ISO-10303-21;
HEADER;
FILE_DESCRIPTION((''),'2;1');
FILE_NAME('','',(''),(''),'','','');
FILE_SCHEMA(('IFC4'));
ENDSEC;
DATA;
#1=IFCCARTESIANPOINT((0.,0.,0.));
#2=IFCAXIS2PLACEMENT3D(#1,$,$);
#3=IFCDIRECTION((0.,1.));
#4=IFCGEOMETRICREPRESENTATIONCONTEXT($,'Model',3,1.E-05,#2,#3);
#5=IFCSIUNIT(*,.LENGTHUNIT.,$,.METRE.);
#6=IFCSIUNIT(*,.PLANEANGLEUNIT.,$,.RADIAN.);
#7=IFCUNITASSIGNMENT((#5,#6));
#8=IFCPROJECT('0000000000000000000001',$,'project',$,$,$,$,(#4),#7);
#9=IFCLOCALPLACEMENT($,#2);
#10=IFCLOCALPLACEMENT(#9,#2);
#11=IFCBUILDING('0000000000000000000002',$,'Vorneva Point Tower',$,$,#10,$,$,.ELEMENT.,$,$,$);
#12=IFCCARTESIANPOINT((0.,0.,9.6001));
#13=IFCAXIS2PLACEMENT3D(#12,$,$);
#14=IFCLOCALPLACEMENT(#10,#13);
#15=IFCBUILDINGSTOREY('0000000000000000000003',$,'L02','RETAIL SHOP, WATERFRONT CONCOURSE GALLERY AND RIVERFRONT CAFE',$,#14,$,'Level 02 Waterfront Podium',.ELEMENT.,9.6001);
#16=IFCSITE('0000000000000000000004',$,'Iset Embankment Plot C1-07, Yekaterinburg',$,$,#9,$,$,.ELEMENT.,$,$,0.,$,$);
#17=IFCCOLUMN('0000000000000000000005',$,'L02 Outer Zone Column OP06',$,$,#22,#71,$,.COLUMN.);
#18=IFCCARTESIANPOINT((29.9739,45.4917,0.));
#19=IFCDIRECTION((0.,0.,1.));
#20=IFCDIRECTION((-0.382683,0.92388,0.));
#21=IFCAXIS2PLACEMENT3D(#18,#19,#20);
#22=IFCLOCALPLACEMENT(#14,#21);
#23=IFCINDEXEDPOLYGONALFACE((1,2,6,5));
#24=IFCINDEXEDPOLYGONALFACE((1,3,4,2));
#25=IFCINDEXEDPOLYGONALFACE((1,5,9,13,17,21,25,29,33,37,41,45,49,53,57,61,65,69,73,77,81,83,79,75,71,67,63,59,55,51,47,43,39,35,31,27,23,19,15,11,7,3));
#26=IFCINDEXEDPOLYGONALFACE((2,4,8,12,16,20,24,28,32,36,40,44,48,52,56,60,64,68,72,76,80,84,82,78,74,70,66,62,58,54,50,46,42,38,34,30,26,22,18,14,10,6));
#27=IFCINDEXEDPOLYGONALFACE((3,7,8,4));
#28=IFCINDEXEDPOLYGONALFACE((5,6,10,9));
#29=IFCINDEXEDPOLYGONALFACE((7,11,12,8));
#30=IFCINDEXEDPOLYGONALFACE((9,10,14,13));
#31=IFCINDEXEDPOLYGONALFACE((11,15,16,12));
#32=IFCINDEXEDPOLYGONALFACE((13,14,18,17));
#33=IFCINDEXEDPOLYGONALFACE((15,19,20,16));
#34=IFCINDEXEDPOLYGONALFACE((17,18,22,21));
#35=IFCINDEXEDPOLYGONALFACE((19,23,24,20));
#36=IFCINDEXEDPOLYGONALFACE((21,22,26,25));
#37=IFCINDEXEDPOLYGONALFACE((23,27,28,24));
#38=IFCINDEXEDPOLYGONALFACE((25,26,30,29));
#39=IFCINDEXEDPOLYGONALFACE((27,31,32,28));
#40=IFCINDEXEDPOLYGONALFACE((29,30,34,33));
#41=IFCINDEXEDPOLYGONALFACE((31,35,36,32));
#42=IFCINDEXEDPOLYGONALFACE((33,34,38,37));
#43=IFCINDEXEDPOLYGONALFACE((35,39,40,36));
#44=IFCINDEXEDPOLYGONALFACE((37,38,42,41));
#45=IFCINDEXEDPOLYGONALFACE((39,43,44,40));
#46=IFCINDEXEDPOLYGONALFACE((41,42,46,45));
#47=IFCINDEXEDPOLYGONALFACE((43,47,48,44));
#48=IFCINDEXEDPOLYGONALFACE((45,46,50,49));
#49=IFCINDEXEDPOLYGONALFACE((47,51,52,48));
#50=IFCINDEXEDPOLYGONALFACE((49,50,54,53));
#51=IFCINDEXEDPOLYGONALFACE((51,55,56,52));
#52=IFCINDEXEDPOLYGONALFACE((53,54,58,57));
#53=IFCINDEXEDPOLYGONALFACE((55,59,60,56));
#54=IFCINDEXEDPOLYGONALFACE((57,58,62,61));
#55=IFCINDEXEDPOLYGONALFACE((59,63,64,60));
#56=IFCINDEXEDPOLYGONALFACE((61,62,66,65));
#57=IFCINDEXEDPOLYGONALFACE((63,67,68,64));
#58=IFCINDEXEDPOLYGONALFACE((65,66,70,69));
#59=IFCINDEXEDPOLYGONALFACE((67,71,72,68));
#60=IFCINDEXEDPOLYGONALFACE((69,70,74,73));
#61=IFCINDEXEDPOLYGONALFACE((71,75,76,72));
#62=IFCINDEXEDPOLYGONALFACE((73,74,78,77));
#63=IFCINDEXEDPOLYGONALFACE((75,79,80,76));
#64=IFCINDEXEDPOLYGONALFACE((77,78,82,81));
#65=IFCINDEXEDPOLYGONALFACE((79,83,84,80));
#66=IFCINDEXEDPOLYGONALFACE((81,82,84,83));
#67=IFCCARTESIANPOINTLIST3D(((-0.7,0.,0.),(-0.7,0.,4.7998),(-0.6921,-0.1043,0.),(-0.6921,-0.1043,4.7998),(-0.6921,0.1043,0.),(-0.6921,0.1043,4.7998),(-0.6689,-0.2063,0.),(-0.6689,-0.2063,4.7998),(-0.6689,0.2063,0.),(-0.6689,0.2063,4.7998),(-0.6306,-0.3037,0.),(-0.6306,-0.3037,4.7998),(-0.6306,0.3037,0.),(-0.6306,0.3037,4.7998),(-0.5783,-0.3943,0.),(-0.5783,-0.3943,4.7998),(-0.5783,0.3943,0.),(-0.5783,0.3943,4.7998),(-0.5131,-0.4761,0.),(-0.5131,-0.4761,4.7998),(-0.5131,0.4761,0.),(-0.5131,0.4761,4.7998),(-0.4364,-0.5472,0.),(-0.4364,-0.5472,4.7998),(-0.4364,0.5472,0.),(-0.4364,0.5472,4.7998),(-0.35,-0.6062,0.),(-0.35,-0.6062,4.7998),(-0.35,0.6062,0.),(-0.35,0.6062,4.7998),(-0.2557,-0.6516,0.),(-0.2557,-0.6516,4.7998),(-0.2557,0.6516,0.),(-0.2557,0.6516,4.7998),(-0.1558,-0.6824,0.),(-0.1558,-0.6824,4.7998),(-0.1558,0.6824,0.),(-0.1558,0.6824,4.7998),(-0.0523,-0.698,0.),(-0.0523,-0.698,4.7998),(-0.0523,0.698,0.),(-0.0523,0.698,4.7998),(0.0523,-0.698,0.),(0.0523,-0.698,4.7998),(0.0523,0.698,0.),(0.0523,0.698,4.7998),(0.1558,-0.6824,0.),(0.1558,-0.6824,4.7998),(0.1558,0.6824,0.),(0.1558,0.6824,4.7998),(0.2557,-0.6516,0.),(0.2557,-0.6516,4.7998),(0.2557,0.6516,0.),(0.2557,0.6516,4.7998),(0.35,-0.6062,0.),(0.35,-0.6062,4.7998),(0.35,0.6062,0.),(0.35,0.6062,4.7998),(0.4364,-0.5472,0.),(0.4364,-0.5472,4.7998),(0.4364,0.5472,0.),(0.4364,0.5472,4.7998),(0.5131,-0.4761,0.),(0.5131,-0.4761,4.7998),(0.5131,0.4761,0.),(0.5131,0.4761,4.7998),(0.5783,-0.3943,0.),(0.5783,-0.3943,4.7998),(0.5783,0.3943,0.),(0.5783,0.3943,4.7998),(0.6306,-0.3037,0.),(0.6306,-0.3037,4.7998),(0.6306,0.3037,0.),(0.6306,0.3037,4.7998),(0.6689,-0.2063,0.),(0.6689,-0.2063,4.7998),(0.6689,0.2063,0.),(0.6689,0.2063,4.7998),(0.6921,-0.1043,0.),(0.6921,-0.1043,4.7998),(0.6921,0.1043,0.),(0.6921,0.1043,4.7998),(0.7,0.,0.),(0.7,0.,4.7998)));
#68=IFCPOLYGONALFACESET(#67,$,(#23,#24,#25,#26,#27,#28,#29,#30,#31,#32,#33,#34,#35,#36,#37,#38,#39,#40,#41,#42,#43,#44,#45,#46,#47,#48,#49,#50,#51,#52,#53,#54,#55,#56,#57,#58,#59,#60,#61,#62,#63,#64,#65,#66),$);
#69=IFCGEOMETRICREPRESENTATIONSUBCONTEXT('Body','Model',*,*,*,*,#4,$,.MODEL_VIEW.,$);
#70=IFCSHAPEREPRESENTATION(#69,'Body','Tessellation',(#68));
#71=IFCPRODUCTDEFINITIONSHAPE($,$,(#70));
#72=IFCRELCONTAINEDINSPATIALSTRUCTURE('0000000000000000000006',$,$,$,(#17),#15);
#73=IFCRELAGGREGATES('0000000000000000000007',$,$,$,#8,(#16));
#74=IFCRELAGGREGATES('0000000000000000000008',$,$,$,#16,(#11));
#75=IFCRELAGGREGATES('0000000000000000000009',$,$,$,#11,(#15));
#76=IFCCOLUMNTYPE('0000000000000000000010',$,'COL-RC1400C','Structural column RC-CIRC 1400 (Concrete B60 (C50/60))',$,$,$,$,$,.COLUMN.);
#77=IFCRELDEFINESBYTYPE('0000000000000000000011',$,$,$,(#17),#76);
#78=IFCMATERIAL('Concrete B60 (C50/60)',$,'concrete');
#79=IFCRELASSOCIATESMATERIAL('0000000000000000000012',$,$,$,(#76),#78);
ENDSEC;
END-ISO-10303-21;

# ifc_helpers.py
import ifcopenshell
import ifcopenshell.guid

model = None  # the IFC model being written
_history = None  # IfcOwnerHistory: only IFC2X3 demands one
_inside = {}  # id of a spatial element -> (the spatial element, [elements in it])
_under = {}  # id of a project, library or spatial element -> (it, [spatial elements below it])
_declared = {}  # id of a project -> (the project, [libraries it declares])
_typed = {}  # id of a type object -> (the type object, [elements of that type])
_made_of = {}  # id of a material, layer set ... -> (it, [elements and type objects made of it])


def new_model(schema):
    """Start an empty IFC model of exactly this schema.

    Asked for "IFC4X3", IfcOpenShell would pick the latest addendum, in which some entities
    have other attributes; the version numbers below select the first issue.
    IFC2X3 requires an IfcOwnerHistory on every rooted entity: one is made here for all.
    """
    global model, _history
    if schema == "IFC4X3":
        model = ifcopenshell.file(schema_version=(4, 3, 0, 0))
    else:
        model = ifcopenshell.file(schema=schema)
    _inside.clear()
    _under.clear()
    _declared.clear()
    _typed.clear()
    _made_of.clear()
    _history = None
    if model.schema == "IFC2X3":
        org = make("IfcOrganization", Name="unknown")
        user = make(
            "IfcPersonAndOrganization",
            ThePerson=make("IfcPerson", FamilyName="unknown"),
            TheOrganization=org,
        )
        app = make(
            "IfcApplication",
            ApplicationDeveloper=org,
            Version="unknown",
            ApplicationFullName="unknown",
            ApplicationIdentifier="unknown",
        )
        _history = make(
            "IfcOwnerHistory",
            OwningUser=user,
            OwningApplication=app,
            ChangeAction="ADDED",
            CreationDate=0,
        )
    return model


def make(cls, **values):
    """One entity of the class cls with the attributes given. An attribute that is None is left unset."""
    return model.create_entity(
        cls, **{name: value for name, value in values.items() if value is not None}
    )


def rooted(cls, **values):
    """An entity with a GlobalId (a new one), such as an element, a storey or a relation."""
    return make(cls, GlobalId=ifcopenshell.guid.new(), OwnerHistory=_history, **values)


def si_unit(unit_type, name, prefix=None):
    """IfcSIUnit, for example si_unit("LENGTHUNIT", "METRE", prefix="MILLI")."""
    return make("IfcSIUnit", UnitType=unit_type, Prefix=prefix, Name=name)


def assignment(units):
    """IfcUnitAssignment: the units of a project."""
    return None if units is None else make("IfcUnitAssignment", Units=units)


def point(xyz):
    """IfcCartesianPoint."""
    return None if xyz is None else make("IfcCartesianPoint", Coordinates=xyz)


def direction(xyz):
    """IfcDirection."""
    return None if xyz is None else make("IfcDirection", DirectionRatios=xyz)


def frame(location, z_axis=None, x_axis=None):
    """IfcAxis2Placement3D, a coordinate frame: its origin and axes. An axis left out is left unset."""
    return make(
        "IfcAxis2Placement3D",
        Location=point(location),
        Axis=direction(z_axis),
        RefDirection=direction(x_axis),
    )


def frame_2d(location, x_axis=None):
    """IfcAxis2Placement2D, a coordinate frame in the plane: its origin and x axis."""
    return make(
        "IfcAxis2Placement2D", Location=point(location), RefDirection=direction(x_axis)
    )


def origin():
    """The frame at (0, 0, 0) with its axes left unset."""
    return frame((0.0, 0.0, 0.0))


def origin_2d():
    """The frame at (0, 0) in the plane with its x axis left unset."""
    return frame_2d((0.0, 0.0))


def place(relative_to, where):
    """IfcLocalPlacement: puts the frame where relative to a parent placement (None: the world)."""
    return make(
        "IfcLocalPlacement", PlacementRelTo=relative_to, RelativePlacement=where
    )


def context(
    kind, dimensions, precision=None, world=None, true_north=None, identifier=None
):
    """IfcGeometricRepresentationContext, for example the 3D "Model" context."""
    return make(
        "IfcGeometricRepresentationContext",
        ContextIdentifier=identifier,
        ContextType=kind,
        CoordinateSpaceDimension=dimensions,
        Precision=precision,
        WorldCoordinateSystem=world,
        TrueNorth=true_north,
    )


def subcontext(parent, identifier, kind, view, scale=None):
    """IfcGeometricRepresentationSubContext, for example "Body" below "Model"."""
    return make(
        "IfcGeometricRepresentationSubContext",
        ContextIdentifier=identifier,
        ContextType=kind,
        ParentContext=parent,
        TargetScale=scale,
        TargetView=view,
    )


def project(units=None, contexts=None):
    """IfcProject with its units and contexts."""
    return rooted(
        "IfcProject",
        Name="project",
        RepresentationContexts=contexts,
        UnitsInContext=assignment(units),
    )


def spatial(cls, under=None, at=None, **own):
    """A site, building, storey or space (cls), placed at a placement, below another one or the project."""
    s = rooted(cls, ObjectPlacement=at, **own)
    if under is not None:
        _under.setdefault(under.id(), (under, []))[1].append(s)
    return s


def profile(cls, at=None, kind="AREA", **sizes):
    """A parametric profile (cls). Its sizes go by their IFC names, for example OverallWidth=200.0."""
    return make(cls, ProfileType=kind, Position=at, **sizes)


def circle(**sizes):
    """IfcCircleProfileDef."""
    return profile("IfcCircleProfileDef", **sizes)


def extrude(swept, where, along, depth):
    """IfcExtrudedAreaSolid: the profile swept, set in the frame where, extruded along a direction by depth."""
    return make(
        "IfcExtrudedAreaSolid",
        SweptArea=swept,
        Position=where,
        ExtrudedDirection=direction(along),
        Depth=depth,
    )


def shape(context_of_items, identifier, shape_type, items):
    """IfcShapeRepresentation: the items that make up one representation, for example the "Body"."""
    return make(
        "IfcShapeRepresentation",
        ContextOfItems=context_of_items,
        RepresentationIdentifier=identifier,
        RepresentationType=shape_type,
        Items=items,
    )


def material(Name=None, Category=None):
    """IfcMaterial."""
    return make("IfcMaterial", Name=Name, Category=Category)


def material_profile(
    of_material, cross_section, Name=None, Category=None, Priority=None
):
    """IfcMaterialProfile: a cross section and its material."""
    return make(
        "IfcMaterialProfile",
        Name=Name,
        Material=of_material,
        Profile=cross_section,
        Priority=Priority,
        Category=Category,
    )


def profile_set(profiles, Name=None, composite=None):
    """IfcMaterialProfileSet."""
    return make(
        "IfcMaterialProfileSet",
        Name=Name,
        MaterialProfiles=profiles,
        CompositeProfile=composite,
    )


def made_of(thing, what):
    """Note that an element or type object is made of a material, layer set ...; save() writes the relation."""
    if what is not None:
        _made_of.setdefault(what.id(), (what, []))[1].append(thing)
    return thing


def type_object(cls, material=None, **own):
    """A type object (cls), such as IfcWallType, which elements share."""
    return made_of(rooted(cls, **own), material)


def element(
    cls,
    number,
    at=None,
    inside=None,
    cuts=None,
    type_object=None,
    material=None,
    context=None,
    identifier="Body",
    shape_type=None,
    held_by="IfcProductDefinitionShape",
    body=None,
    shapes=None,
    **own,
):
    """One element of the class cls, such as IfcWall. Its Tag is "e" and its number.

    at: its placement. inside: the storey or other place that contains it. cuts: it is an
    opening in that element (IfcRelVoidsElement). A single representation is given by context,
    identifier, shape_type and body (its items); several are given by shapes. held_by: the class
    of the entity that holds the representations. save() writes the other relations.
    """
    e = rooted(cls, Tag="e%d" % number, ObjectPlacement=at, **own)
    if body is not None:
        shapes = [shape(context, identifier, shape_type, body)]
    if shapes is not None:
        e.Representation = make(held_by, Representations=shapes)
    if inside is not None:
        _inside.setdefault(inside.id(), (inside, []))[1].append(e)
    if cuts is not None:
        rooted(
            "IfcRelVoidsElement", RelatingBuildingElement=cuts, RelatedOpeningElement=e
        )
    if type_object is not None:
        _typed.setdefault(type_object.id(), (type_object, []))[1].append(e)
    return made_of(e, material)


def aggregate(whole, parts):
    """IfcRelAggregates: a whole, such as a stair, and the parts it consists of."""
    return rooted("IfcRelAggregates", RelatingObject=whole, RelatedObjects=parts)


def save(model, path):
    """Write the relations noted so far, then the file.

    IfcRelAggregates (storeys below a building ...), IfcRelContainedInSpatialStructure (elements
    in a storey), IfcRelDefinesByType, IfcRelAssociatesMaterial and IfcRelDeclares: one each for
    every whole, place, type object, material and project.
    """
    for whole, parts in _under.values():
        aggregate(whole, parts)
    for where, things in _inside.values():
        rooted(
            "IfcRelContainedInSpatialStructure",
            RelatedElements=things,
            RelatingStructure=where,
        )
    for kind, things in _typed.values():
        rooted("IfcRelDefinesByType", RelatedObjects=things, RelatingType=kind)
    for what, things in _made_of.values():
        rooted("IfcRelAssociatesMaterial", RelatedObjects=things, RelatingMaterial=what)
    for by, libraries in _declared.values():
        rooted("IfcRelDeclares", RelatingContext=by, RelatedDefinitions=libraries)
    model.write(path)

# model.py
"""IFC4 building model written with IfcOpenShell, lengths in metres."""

from ifc_helpers import new_model, si_unit, direction, frame, origin, origin_2d, place, context, subcontext, project, spatial, circle, extrude, material, material_profile, profile_set, type_object, element, save


model = new_model("IFC4")

# Units and contexts
model_context = context("Model", 3, precision=1e-05, world=origin(), true_north=direction((0.0, 1.0)))
body_context = subcontext(model_context, "Body", "Model", "MODEL_VIEW")
ifc_project = project(units=[si_unit("LENGTHUNIT", "METRE"), si_unit("PLANEANGLEUNIT", "RADIAN")], contexts=[model_context])

# Site, building, storey
site_placement = place(None, origin())
site = spatial("IfcSite", under=ifc_project, at=site_placement, Name="Iset Embankment Plot C1-07, Yekaterinburg", CompositionType="ELEMENT", RefElevation=0.0)
building_placement = place(site_placement, origin())
building = spatial("IfcBuilding", under=site, at=building_placement, Name="Vorneva Point Tower", CompositionType="ELEMENT")
storey_placement = place(building_placement, frame((0.0, 0.0, 9.6001)))
storey = spatial("IfcBuildingStorey", under=building, at=storey_placement, Name="L02", Description="RETAIL SHOP, WATERFRONT CONCOURSE GALLERY AND RIVERFRONT CAFE", LongName="Level 02 Waterfront Podium", CompositionType="ELEMENT", Elevation=9.6001)

# Column
ifc_material_1 = material(Name="Concrete B60 (C50/60)", Category="concrete")
ifc_material_profile_1 = material_profile(ifc_material_1, circle(Radius=0.7, at=origin_2d()), Name="RC-CIRC 1400")
ifc_profile_set_1 = profile_set([ifc_material_profile_1], Name="Concrete B60 (C50/60)")
column_type_1 = type_object("IfcColumnType", Name="COL-RC1400C", Description="Structural column RC-CIRC 1400 (Concrete B60 (C50/60))", PredefinedType="COLUMN", material=ifc_profile_set_1)
for number, where, z_axis, x_axis, name in (
    (1, (29.9739, 45.4917, 0.0), (0.0, 0.0, 1.0), (-0.382683, 0.92388, 0.0), "L02 Outer Zone Column OP06"),
):
    element("IfcColumn", number, at=place(storey_placement, frame(where, z_axis=z_axis, x_axis=x_axis)), inside=storey, type_object=column_type_1, Name=name, PredefinedType="COLUMN", context=body_context, shape_type="SweptSolid", body=[
        extrude(circle(Radius=0.7, at=origin_2d()), origin(), (0.0, 0.0, 1.0), 4.7998),
    ])

save(model, "model.ifc")
